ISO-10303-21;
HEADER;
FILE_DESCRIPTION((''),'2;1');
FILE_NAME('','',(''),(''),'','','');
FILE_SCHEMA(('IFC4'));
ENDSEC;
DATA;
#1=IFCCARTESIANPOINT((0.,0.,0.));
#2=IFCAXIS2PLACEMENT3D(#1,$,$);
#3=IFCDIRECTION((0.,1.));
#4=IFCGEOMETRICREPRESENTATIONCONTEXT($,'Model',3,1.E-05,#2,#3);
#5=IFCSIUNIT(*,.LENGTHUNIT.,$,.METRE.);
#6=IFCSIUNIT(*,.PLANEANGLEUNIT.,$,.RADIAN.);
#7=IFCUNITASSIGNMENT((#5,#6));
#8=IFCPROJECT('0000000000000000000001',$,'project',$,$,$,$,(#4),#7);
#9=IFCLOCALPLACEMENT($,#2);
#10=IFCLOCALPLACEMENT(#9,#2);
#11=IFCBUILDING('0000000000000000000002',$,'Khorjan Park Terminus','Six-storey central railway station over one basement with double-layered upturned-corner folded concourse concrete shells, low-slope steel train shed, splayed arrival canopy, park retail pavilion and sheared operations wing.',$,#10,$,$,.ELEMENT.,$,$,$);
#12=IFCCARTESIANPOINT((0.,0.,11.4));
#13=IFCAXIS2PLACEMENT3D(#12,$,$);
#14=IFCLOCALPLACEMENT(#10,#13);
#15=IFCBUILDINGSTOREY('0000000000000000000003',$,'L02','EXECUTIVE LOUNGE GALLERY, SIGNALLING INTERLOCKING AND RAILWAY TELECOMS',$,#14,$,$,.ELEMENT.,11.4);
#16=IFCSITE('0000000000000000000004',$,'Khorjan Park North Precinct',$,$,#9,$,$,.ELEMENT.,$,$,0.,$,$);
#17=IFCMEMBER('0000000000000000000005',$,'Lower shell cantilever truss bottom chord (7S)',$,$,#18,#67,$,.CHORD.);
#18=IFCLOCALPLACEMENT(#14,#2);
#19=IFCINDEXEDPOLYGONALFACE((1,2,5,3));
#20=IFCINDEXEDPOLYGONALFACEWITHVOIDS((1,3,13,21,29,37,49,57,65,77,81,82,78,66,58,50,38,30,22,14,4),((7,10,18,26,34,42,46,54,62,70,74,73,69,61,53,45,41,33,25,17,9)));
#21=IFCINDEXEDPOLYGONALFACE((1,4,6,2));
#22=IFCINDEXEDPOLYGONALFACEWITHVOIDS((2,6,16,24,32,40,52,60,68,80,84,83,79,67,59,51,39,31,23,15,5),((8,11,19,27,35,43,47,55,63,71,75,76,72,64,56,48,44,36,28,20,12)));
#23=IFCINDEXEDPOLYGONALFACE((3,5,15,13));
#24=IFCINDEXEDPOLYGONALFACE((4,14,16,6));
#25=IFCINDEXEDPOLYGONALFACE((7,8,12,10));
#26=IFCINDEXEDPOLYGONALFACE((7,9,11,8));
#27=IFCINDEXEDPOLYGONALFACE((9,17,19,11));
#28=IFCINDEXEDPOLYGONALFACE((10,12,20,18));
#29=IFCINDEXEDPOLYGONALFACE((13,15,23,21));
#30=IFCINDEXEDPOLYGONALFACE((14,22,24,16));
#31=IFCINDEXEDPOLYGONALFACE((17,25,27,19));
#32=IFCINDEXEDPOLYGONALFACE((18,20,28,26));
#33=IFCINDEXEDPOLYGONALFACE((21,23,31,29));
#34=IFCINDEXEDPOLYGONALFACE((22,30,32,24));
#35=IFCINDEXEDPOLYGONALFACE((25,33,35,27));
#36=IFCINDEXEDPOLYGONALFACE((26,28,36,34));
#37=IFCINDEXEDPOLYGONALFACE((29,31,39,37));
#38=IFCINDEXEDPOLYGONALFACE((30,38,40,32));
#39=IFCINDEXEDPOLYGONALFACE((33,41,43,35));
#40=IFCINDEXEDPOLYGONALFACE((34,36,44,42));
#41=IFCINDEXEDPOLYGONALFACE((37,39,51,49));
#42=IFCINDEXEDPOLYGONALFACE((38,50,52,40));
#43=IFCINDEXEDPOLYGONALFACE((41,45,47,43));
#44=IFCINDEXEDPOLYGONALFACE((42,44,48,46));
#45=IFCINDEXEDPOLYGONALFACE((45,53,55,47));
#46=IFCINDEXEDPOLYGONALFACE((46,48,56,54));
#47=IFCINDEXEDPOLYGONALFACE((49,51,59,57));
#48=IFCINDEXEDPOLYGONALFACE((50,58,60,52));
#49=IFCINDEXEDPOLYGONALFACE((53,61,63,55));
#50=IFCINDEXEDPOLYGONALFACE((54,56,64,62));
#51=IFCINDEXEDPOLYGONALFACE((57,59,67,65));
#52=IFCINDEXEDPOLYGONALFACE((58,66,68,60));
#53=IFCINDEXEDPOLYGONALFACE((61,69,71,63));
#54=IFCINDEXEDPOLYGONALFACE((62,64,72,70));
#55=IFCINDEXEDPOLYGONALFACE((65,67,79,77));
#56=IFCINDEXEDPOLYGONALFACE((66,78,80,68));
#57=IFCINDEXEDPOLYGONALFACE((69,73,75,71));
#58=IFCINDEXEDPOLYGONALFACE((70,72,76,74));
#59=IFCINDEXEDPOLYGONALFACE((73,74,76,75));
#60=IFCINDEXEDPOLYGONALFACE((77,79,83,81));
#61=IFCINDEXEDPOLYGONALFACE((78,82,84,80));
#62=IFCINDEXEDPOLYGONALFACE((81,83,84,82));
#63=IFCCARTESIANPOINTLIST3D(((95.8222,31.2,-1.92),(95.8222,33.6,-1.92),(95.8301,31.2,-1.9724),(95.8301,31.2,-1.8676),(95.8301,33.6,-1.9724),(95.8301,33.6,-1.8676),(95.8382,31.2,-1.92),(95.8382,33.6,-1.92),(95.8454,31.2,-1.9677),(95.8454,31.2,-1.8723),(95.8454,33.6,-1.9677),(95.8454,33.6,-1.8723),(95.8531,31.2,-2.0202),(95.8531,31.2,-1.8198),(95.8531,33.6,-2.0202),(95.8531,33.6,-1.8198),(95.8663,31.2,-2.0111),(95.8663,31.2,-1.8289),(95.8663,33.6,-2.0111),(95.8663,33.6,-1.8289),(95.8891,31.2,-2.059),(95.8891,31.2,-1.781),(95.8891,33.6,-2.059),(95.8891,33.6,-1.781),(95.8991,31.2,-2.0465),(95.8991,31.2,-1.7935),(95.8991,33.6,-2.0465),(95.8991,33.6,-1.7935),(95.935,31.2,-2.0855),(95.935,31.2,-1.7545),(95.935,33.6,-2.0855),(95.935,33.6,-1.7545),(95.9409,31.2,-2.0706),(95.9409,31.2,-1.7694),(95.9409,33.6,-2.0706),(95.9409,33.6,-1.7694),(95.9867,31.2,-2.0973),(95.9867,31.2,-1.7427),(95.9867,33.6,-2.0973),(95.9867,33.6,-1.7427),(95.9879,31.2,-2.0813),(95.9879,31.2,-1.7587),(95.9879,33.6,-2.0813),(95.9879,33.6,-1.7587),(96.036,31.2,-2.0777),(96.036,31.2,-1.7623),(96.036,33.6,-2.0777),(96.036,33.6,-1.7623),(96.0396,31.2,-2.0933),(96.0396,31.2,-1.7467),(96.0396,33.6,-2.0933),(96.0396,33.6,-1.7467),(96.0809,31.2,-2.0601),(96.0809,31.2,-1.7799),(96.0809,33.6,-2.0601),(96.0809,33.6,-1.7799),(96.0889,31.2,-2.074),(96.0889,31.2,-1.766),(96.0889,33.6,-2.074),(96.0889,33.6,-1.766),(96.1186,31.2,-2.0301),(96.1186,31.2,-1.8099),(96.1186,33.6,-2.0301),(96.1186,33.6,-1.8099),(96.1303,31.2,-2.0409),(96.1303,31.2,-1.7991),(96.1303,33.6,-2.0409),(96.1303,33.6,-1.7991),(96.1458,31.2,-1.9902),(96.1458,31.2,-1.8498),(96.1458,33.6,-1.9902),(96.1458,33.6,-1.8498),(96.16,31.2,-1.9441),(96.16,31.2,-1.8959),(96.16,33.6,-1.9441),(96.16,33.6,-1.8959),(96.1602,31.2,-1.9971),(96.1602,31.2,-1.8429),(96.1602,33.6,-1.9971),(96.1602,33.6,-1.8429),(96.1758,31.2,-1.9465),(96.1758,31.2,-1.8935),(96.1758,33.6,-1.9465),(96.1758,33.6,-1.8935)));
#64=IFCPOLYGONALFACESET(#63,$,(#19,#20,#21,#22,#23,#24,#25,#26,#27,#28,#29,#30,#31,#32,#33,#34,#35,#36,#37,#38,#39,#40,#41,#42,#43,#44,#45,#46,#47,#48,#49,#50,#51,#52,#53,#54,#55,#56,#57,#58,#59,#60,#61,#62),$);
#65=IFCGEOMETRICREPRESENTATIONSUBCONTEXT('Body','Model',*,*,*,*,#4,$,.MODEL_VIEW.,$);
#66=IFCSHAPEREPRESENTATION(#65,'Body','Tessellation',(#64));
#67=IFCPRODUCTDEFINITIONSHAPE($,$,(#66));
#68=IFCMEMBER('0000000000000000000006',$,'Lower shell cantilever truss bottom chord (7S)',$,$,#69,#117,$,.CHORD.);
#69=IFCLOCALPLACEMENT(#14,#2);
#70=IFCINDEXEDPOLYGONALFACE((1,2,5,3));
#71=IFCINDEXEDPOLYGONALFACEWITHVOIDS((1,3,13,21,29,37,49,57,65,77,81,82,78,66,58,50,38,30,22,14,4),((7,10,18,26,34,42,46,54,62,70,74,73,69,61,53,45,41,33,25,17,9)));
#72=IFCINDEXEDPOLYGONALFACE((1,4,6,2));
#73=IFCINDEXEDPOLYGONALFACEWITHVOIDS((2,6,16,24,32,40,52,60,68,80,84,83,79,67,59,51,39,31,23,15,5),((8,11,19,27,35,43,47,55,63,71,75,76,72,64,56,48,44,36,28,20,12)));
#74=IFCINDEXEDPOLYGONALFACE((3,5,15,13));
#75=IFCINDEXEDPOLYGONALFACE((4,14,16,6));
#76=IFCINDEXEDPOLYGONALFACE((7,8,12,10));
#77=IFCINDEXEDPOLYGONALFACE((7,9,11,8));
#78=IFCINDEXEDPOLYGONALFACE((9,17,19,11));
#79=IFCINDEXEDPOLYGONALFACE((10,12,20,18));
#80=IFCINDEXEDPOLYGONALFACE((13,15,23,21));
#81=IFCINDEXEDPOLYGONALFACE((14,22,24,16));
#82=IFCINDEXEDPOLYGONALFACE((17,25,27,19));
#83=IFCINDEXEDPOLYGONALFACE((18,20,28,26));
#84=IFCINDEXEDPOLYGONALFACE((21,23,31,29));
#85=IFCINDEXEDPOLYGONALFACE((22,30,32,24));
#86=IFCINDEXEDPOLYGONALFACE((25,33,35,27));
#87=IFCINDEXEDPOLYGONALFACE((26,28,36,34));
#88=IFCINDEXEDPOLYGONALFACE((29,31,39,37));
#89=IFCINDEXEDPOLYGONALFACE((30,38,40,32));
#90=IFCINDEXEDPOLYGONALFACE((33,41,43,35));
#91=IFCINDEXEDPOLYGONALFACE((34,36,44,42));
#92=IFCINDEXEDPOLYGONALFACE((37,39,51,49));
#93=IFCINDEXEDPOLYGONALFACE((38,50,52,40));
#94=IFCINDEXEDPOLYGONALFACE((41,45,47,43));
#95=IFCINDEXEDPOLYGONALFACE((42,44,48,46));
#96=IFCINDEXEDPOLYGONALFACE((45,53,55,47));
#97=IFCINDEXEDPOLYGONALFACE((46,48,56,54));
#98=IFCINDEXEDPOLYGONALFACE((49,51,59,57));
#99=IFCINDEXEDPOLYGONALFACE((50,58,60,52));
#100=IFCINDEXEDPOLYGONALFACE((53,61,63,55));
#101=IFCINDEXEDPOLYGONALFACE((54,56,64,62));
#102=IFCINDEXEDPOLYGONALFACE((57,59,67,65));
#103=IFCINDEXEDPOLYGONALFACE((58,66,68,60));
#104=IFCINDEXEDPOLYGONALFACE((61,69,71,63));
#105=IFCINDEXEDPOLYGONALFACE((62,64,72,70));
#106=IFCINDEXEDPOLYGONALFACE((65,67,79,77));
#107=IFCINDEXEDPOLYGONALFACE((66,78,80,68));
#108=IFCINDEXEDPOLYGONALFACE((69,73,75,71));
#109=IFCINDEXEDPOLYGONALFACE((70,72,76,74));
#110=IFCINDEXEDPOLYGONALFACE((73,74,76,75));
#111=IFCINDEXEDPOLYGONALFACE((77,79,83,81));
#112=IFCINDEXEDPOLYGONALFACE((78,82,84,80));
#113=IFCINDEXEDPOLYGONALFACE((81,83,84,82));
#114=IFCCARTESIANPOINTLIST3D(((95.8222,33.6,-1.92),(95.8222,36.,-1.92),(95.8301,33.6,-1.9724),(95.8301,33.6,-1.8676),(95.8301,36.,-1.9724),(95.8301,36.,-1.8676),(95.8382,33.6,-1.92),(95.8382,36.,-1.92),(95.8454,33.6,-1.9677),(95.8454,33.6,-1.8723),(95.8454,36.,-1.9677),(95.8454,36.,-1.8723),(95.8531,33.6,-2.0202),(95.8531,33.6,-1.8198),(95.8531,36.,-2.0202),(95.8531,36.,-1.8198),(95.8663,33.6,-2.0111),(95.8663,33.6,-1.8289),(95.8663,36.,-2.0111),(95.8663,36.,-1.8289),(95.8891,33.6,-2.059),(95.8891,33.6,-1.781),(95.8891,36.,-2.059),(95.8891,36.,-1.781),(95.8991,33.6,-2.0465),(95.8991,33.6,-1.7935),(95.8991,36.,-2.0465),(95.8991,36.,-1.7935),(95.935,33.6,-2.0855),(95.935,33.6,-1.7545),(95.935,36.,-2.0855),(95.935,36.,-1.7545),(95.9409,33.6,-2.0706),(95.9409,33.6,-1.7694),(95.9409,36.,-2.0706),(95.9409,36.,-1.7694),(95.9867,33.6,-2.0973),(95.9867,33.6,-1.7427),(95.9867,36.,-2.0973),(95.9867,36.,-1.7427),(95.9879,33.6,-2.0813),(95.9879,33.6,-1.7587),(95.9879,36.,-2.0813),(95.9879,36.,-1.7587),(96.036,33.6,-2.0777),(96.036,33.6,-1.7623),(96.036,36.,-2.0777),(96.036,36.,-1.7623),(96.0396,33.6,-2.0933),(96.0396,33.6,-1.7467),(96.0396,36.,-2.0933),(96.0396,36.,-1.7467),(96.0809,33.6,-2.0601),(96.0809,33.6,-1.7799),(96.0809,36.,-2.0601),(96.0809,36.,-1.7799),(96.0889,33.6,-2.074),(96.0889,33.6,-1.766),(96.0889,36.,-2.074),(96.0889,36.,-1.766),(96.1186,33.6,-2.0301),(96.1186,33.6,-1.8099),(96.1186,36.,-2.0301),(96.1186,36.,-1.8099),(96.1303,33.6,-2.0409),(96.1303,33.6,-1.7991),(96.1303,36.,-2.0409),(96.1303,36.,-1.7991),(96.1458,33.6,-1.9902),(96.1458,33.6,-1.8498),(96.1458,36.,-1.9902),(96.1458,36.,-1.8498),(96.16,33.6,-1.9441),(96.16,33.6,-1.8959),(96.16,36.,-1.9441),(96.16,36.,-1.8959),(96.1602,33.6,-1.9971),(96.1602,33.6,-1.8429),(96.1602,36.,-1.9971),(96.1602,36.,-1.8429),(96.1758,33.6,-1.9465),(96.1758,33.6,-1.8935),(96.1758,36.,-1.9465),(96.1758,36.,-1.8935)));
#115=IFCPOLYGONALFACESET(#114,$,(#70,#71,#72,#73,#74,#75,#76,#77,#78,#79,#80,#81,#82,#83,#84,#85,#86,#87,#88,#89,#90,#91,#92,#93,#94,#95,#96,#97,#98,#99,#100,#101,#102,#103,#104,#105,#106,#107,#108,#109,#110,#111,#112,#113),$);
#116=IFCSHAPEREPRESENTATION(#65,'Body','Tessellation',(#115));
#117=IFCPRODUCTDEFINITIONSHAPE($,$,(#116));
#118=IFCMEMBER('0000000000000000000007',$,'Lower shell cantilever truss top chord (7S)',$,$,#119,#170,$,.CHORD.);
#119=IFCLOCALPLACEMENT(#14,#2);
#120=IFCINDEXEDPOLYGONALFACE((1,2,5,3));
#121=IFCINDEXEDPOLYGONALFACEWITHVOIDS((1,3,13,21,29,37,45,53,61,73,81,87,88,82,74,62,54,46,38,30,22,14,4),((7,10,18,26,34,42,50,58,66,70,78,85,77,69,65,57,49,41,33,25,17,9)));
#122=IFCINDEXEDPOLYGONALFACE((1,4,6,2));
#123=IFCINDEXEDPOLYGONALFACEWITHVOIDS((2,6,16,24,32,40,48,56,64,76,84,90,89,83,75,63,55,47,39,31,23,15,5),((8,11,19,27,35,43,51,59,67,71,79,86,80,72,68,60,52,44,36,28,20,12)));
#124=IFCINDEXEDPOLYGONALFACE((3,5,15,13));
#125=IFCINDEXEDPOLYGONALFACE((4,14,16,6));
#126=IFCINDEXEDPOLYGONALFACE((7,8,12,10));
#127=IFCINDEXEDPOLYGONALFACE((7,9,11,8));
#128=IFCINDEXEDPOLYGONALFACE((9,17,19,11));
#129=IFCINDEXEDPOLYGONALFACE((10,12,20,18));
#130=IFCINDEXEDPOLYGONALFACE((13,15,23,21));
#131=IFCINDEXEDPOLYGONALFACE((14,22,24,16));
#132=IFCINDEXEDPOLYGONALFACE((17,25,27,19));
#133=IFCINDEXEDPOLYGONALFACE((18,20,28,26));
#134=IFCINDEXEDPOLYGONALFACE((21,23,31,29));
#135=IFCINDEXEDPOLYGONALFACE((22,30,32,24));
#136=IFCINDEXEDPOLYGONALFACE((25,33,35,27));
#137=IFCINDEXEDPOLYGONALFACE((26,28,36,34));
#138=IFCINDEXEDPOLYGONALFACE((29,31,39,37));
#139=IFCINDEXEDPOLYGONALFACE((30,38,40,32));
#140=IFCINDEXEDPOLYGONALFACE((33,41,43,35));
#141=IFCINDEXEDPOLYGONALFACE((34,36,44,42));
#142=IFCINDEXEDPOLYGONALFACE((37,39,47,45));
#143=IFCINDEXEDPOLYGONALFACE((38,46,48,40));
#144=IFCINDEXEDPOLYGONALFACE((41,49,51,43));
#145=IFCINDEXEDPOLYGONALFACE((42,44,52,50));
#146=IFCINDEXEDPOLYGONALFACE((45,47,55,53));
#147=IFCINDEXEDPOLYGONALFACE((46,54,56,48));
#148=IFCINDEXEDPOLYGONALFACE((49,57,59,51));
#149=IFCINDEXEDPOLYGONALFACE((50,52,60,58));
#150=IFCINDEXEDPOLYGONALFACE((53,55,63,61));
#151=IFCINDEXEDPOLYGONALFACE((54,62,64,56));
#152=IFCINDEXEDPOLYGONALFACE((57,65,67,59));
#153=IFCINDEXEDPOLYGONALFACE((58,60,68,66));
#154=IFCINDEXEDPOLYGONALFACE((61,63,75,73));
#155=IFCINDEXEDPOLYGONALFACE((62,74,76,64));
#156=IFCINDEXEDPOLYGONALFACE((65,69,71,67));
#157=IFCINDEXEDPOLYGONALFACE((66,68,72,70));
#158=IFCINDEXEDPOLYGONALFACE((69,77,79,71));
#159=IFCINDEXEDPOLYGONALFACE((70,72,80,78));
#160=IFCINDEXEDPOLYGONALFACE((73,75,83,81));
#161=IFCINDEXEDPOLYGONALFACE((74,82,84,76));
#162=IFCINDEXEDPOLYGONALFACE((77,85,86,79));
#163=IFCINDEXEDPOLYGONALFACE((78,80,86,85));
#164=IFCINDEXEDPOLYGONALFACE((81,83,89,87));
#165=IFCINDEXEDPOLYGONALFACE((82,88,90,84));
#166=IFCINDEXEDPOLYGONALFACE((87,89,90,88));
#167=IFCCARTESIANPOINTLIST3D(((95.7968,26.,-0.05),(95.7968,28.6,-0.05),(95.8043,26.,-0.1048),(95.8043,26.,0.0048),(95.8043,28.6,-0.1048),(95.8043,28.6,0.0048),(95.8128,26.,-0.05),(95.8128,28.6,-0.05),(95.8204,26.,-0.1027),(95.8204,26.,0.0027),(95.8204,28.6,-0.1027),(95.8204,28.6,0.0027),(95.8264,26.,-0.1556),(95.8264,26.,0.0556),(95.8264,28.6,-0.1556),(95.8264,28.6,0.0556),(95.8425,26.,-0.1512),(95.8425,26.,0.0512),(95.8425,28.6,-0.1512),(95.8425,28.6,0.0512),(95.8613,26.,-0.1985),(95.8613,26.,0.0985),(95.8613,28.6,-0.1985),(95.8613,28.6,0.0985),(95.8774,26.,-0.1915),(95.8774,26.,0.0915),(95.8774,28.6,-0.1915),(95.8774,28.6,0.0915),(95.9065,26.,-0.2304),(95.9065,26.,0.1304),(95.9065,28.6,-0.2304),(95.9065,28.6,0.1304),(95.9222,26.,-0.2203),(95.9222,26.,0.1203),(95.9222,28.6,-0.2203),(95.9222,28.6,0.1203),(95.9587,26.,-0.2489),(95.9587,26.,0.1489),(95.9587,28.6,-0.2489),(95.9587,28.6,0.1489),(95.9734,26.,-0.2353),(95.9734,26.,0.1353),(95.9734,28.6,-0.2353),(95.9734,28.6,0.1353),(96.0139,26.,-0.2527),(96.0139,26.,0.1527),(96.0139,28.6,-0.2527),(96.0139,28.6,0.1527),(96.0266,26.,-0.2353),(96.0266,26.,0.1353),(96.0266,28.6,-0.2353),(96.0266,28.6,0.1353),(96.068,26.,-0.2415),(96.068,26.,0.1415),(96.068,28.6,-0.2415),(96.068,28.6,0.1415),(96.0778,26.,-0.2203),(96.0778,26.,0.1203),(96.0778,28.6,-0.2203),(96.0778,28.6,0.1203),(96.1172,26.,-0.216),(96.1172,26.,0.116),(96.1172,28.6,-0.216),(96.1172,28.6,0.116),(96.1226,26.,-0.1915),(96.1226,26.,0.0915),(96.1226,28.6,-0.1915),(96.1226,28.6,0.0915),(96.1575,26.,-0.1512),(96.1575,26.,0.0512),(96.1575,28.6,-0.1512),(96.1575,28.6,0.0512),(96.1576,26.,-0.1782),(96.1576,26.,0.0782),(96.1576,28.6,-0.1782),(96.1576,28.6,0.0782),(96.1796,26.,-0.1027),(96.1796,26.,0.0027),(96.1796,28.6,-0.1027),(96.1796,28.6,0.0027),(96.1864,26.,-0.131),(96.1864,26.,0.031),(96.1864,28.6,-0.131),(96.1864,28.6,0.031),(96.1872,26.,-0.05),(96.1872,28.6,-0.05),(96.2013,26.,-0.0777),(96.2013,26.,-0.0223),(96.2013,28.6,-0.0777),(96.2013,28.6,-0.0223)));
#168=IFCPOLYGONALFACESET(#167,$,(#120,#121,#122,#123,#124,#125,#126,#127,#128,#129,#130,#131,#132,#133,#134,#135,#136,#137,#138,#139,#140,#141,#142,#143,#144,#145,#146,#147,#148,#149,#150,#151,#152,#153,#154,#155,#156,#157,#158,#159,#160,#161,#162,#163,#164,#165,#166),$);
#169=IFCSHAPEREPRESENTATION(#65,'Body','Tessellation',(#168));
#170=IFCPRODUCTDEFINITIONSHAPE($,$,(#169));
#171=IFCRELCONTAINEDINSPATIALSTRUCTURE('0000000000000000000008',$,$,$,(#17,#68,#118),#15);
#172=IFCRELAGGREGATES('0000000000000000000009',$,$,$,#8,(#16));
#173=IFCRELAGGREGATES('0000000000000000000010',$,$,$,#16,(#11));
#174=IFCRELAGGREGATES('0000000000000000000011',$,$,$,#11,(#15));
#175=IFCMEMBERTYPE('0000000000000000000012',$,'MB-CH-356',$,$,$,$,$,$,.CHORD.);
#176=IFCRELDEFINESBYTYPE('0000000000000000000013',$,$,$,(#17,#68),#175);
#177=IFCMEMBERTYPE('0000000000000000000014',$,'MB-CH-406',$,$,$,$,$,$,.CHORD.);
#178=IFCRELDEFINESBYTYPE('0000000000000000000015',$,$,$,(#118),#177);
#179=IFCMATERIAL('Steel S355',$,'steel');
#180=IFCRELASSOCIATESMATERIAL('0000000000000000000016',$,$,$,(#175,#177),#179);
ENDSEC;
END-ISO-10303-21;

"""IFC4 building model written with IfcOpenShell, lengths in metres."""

from ifc_helpers import new_model, si_unit, direction, frame, origin, origin_2d, place, context, subcontext, project, spatial, hollow_circle, extrude, material, material_profile, profile_set, type_object, element, save


model = new_model("IFC4")

# Units and contexts
model_context = context("Model", 3, precision=1e-05, world=origin(), true_north=direction((0.0, 1.0)))
body_context = subcontext(model_context, "Body", "Model", "MODEL_VIEW")
ifc_project = project(units=[si_unit("LENGTHUNIT", "METRE"), si_unit("PLANEANGLEUNIT", "RADIAN")], contexts=[model_context])

# Site, building, storey
site_placement = place(None, origin())
site = spatial("IfcSite", under=ifc_project, at=site_placement, Name="Khorjan Park North Precinct", CompositionType="ELEMENT", RefElevation=0.0)
building_placement = place(site_placement, origin())
building = spatial("IfcBuilding", under=site, at=building_placement, Name="Khorjan Park Terminus", Description="Six-storey central railway station over one basement with double-layered upturned-corner folded concourse concrete shells, low-slope steel train shed, splayed arrival canopy, park retail pavilion and sheared operations wing.", CompositionType="ELEMENT")
storey_placement = place(building_placement, frame((0.0, 0.0, 11.4)))
storey = spatial("IfcBuildingStorey", under=building, at=storey_placement, Name="L02", Description="EXECUTIVE LOUNGE GALLERY, SIGNALLING INTERLOCKING AND RAILWAY TELECOMS", CompositionType="ELEMENT", Elevation=11.4)

# Shared definitions
ifc_material_1 = material(Name="Steel S355", Category="steel")

# Members
ifc_material_profile_1 = material_profile(ifc_material_1, hollow_circle(Radius=0.1778, WallThickness=0.016, at=origin_2d()), Name="CHS 355.6x16")
ifc_profile_set_1 = profile_set([ifc_material_profile_1], Name="Steel S355")
member_type_1 = type_object("IfcMemberType", Name="MB-CH-356", PredefinedType="CHORD", material=ifc_profile_set_1)
for number, where, z_axis, x_axis, name in (
    (1, (96.0, 31.2, -1.92), (0.0, 1.0, 0.0), (-1.0, 0.0, 0.0), "Lower shell cantilever truss bottom chord (7S)"),
    (2, (96.0, 33.6, -1.92), (0.0, 1.0, 0.0), (-1.0, 0.0, 0.0), "Lower shell cantilever truss bottom chord (7S)"),
):
    element("IfcMember", number, at=place(storey_placement, frame(where, z_axis=z_axis, x_axis=x_axis)), inside=storey, type_object=member_type_1, Name=name, PredefinedType="CHORD", context=body_context, shape_type="SweptSolid", body=[
        extrude(hollow_circle(Radius=0.1778, WallThickness=0.016, at=origin_2d()), origin(), (0.0, 0.0, 1.0), 2.4),
    ])
ifc_material_profile_2 = material_profile(ifc_material_1, hollow_circle(Radius=0.2032, WallThickness=0.016, at=origin_2d()), Name="CHS 406.4x16")
ifc_profile_set_2 = profile_set([ifc_material_profile_2], Name="Steel S355")
member_type_2 = type_object("IfcMemberType", Name="MB-CH-406", PredefinedType="CHORD", material=ifc_profile_set_2)
for number, where, z_axis, x_axis, name in (
    (3, (96.0, 26.0, -0.05), (0.0, 1.0, 0.0), (-1.0, 0.0, 0.0), "Lower shell cantilever truss top chord (7S)"),
):
    element("IfcMember", number, at=place(storey_placement, frame(where, z_axis=z_axis, x_axis=x_axis)), inside=storey, type_object=member_type_2, Name=name, PredefinedType="CHORD", context=body_context, shape_type="SweptSolid", body=[
        extrude(hollow_circle(Radius=0.2032, WallThickness=0.016, at=origin_2d()), origin(), (0.0, 0.0, 1.0), 2.6),
    ])

save(model, "model.ifc")
